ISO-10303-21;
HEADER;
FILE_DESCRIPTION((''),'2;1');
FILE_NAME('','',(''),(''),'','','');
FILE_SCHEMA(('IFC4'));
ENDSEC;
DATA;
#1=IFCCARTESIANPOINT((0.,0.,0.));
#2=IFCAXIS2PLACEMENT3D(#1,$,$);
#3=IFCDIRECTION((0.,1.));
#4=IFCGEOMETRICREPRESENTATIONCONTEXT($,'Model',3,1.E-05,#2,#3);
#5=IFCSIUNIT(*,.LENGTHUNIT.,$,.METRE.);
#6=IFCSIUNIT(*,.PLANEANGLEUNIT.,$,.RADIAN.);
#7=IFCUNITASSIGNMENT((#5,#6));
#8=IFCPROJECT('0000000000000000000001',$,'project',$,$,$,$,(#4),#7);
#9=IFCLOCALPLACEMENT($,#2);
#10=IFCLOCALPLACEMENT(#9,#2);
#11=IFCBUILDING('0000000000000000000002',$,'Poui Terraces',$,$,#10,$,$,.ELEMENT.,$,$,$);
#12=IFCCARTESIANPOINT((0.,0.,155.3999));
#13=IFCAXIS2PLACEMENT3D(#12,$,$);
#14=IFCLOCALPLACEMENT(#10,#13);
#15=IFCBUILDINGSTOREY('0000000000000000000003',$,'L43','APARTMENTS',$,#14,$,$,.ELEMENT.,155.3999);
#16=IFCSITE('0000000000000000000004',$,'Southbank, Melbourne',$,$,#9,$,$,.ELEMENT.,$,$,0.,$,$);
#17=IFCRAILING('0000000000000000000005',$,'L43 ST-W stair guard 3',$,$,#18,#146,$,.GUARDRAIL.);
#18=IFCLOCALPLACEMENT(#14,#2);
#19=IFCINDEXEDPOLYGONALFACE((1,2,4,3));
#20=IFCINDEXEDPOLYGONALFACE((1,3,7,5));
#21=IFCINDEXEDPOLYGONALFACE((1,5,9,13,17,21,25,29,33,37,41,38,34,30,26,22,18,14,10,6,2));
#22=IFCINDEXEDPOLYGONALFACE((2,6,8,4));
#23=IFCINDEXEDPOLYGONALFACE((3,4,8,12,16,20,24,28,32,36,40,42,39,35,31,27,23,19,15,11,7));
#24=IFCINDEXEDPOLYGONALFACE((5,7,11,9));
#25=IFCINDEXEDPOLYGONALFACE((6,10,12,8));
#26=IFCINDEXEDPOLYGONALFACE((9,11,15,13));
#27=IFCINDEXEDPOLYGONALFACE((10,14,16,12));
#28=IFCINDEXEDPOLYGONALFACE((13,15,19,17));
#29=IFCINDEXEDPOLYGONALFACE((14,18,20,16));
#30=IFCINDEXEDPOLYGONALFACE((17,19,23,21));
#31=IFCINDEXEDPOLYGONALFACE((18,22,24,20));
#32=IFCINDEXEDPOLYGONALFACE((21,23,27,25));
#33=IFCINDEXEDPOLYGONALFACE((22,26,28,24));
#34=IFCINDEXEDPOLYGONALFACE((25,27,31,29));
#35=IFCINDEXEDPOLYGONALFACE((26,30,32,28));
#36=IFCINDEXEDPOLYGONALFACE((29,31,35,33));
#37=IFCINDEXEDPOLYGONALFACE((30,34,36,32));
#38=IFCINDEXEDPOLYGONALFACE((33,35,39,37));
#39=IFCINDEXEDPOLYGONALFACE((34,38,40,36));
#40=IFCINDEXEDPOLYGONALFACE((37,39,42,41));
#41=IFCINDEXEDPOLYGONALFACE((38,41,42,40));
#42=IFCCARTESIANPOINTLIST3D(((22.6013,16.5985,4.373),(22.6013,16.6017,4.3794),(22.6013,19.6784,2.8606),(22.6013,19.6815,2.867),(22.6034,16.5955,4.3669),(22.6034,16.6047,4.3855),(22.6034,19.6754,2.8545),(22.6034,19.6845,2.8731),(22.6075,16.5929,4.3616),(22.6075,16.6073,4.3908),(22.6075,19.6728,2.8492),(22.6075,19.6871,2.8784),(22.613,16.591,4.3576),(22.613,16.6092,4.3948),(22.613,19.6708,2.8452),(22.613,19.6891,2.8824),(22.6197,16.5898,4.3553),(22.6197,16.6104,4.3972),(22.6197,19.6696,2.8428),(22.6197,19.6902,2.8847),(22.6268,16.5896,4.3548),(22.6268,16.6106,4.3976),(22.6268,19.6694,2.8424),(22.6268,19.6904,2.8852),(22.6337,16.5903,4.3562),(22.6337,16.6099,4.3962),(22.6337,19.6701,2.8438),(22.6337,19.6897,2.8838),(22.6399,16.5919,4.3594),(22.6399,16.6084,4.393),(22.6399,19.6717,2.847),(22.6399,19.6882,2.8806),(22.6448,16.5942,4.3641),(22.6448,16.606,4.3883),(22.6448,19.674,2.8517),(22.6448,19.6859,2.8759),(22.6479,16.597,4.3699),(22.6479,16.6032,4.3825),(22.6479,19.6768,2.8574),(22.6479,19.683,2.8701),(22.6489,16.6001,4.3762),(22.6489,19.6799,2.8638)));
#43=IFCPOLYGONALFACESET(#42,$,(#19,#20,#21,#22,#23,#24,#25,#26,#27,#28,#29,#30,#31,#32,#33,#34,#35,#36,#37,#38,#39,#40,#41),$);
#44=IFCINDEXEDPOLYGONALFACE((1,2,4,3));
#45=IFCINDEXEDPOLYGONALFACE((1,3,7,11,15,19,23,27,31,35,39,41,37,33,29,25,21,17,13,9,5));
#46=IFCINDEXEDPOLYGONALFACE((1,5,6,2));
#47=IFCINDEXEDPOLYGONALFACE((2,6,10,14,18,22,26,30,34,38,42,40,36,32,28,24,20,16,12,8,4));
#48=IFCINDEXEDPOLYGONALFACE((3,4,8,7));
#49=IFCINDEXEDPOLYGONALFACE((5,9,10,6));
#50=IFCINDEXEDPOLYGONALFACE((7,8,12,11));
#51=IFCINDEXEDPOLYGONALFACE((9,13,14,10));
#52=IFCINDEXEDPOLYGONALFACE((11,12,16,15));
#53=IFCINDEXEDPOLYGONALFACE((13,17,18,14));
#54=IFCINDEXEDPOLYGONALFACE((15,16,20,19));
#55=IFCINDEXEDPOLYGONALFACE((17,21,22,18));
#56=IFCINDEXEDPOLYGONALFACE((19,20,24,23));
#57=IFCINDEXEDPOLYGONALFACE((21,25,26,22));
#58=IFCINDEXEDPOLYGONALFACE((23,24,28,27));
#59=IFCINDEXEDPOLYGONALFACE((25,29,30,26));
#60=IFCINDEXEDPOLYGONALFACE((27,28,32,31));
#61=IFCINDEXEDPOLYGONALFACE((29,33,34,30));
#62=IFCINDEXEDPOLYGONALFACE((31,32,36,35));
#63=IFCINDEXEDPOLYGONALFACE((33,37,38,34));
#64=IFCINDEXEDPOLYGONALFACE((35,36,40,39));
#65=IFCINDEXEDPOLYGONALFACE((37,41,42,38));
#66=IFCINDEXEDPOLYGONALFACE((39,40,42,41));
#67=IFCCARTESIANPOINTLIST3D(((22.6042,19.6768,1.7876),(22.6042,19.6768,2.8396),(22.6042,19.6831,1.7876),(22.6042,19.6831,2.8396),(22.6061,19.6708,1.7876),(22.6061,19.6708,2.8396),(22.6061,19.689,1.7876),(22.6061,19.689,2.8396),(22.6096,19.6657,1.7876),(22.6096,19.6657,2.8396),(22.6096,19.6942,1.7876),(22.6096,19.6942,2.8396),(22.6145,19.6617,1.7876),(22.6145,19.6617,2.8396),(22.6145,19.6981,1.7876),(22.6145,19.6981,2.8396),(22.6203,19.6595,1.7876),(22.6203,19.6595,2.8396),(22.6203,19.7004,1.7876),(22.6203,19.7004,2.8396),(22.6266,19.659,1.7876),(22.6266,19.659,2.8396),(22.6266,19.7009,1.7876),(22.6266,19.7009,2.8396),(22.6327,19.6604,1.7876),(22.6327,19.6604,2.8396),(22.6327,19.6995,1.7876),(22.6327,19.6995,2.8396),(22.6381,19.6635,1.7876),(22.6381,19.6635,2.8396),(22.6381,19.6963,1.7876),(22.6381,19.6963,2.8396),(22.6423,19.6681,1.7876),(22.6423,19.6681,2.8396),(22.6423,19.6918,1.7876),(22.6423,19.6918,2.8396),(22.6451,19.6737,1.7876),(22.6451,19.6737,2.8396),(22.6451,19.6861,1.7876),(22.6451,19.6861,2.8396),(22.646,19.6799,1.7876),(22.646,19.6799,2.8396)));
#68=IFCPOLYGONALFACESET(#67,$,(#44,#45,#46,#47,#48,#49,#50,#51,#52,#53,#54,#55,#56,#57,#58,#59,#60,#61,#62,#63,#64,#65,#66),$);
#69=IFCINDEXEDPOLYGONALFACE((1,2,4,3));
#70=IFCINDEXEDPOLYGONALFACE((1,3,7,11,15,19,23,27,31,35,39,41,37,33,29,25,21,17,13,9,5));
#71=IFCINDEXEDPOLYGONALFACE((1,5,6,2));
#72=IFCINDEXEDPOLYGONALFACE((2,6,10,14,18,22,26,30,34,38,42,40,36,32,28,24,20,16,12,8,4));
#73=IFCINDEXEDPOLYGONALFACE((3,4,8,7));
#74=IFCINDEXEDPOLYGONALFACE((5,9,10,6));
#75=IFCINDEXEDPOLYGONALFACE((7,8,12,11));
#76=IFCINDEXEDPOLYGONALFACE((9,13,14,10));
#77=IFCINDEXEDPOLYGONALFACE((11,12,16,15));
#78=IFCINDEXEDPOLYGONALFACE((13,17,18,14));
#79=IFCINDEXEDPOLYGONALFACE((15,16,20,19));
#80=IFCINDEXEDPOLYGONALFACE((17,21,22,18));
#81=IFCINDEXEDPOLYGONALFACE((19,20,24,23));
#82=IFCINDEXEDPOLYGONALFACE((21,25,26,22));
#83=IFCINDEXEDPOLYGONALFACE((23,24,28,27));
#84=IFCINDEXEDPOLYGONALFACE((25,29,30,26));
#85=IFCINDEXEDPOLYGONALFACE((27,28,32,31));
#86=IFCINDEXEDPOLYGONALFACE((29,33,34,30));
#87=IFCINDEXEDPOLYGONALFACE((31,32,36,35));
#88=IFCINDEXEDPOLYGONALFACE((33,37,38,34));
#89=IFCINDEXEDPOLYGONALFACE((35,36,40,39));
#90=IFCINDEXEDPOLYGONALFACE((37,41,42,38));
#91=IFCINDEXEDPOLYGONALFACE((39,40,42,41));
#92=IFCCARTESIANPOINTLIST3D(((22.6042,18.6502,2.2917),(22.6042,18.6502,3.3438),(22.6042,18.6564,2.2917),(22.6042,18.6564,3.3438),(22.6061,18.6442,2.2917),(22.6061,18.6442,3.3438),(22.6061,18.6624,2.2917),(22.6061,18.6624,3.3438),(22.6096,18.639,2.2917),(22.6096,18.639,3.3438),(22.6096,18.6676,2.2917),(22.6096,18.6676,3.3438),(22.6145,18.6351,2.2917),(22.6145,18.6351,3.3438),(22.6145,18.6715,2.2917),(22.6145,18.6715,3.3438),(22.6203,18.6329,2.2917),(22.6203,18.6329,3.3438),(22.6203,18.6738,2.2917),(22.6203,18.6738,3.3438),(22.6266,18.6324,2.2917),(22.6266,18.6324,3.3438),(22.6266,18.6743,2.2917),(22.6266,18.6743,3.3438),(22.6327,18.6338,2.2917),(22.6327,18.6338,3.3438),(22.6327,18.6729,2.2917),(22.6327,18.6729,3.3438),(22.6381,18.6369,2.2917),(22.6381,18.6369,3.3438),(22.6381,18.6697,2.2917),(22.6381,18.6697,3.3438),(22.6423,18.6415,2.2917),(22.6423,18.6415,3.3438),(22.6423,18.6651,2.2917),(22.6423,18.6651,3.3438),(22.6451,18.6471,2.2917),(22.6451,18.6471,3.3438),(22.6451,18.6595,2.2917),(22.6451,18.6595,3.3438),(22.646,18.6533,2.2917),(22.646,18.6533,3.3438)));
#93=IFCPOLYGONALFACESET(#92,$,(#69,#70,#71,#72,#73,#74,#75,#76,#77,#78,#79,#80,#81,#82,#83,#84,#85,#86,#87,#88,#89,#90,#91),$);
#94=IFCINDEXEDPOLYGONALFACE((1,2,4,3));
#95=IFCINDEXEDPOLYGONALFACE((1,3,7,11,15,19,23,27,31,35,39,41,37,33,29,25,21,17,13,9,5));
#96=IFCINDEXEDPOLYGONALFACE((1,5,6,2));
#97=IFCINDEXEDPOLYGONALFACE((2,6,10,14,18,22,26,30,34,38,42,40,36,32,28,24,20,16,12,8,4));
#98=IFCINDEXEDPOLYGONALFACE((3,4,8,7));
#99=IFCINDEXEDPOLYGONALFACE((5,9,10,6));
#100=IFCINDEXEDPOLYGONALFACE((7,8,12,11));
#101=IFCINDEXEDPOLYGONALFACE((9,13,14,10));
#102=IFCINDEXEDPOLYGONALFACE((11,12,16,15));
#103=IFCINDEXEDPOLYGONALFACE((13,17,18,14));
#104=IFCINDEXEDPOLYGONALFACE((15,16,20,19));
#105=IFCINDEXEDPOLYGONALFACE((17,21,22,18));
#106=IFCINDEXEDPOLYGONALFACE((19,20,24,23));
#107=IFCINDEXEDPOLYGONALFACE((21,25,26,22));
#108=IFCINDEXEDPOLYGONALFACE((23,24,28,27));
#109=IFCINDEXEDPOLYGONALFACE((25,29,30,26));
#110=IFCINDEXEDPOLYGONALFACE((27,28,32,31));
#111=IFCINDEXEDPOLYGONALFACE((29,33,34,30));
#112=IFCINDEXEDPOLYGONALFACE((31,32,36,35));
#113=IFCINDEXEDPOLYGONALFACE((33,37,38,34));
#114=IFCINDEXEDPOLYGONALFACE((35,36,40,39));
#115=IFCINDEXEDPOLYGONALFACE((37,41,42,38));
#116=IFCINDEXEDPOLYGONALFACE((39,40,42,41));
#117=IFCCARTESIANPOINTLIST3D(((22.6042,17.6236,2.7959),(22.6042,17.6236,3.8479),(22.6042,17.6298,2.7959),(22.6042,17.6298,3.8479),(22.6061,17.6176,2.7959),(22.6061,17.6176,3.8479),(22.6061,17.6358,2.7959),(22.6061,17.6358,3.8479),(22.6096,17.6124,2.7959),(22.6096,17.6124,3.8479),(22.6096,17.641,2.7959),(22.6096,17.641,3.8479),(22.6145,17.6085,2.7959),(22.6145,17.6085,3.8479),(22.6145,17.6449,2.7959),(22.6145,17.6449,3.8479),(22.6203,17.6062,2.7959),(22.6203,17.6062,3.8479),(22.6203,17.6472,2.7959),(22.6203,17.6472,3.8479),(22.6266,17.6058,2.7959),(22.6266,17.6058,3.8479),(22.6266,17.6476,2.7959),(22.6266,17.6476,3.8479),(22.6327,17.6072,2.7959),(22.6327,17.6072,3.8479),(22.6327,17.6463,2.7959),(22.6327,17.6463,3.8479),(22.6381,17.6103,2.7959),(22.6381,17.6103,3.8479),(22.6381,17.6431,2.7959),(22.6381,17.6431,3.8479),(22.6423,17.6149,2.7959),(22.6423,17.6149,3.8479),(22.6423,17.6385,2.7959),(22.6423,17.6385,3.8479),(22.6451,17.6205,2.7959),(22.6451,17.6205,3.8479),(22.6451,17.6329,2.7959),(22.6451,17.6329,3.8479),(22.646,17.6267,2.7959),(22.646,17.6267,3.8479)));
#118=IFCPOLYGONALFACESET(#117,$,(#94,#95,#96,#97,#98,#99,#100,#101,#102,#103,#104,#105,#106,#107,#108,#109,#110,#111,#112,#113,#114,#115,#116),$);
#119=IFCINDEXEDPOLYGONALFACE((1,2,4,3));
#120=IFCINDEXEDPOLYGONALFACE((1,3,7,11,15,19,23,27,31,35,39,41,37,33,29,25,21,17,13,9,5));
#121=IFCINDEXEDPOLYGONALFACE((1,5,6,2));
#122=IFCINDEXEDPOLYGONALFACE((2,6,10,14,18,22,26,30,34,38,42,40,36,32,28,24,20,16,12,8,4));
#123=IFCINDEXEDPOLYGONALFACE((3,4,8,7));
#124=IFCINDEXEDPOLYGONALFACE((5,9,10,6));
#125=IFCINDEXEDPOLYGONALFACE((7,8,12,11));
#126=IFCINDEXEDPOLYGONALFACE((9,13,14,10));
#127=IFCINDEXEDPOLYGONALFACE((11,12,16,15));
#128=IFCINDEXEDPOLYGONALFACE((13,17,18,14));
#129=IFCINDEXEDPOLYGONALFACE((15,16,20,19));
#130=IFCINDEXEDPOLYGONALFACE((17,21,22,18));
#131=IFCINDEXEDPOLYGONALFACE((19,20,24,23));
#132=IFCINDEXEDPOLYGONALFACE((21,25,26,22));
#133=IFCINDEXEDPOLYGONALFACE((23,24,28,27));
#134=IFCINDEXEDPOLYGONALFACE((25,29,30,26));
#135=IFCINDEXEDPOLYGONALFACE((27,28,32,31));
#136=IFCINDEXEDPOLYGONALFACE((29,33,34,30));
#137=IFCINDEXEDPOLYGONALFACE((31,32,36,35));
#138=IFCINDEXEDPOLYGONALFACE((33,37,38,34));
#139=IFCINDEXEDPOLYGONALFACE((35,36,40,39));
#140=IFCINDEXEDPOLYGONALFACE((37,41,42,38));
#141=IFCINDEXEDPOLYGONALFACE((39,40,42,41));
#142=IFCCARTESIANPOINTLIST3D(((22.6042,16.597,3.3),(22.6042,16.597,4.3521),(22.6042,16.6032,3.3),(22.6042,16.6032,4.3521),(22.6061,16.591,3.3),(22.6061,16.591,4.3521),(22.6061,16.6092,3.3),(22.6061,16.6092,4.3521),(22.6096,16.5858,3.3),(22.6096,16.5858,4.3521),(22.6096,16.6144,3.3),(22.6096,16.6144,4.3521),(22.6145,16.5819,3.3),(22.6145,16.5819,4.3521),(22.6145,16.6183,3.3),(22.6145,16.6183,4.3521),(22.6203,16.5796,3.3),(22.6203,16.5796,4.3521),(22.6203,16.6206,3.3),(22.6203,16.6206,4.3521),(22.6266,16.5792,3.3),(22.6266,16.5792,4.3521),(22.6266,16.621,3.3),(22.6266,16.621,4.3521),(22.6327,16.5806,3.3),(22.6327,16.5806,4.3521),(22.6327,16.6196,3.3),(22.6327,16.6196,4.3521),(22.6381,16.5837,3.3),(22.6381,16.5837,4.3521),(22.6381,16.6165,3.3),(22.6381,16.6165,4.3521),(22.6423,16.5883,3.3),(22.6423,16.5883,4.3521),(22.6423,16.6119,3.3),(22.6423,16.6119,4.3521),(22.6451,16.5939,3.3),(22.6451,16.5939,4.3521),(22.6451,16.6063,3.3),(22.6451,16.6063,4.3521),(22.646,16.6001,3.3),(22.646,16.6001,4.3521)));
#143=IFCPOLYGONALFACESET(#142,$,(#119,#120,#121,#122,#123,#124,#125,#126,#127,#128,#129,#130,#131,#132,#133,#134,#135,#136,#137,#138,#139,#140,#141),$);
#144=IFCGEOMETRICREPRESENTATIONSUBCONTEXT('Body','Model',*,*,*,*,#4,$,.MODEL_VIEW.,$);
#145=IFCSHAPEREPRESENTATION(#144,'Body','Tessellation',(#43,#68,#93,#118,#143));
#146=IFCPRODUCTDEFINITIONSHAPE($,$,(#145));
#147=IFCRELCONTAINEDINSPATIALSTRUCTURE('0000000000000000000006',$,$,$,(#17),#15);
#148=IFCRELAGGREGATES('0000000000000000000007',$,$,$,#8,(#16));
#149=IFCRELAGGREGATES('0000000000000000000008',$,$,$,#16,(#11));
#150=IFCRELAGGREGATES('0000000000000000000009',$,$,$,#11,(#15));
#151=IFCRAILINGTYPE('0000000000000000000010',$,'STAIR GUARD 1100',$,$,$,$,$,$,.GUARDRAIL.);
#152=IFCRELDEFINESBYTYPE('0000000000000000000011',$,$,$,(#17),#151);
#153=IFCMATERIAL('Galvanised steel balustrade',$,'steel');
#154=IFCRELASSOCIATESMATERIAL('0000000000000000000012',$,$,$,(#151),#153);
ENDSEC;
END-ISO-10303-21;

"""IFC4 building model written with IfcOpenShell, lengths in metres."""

from ifc_helpers import new_model, si_unit, direction, frame, origin, origin_2d, place, context, subcontext, project, spatial, circle, extrude, material, type_object, element, save


model = new_model("IFC4")

# Units and contexts
model_context = context("Model", 3, precision=1e-05, world=origin(), true_north=direction((0.0, 1.0)))
body_context = subcontext(model_context, "Body", "Model", "MODEL_VIEW")
ifc_project = project(units=[si_unit("LENGTHUNIT", "METRE"), si_unit("PLANEANGLEUNIT", "RADIAN")], contexts=[model_context])

# Site, building, storey
site_placement = place(None, origin())
site = spatial("IfcSite", under=ifc_project, at=site_placement, Name="Southbank, Melbourne", CompositionType="ELEMENT", RefElevation=0.0)
building_placement = place(site_placement, origin())
building = spatial("IfcBuilding", under=site, at=building_placement, Name="Poui Terraces", CompositionType="ELEMENT")
storey_placement = place(building_placement, frame((0.0, 0.0, 155.3999)))
storey = spatial("IfcBuildingStorey", under=building, at=storey_placement, Name="L43", Description="APARTMENTS", CompositionType="ELEMENT", Elevation=155.3999)

# Railing
ifc_material_1 = material(Name="Galvanised steel balustrade", Category="steel")
railing_type_1 = type_object("IfcRailingType", Name="STAIR GUARD 1100", PredefinedType="GUARDRAIL", material=ifc_material_1)
railing_1_placement = place(storey_placement, frame((22.625, 19.6799, 1.7876)))
element("IfcRailing", 1, at=railing_1_placement, inside=storey, type_object=railing_type_1, Name="L43 ST-W stair guard 3", PredefinedType="GUARDRAIL", context=body_context, shape_type="SweptSolid", body=[
    extrude(circle(Radius=0.0239, at=origin_2d()), frame((0.0, 0.0, 1.0762), z_axis=(0.0, -0.897606, 0.440798), x_axis=(1.0, 0.0, 0.0)), (0.0, 0.0, 1.0), 3.4312),
    extrude(circle(Radius=0.021, at=origin_2d()), origin(), (0.0, 0.0, 1.0), 1.052),
    extrude(circle(Radius=0.021, at=origin_2d()), frame((0.0, -1.0266, 0.5042)), (0.0, 0.0, 1.0), 1.052),
    extrude(circle(Radius=0.021, at=origin_2d()), frame((0.0, -2.0532, 1.0083)), (0.0, 0.0, 1.0), 1.052),
    extrude(circle(Radius=0.021, at=origin_2d()), frame((0.0, -3.0798, 1.5125)), (0.0, 0.0, 1.0), 1.052),
])

save(model, "model.ifc")
